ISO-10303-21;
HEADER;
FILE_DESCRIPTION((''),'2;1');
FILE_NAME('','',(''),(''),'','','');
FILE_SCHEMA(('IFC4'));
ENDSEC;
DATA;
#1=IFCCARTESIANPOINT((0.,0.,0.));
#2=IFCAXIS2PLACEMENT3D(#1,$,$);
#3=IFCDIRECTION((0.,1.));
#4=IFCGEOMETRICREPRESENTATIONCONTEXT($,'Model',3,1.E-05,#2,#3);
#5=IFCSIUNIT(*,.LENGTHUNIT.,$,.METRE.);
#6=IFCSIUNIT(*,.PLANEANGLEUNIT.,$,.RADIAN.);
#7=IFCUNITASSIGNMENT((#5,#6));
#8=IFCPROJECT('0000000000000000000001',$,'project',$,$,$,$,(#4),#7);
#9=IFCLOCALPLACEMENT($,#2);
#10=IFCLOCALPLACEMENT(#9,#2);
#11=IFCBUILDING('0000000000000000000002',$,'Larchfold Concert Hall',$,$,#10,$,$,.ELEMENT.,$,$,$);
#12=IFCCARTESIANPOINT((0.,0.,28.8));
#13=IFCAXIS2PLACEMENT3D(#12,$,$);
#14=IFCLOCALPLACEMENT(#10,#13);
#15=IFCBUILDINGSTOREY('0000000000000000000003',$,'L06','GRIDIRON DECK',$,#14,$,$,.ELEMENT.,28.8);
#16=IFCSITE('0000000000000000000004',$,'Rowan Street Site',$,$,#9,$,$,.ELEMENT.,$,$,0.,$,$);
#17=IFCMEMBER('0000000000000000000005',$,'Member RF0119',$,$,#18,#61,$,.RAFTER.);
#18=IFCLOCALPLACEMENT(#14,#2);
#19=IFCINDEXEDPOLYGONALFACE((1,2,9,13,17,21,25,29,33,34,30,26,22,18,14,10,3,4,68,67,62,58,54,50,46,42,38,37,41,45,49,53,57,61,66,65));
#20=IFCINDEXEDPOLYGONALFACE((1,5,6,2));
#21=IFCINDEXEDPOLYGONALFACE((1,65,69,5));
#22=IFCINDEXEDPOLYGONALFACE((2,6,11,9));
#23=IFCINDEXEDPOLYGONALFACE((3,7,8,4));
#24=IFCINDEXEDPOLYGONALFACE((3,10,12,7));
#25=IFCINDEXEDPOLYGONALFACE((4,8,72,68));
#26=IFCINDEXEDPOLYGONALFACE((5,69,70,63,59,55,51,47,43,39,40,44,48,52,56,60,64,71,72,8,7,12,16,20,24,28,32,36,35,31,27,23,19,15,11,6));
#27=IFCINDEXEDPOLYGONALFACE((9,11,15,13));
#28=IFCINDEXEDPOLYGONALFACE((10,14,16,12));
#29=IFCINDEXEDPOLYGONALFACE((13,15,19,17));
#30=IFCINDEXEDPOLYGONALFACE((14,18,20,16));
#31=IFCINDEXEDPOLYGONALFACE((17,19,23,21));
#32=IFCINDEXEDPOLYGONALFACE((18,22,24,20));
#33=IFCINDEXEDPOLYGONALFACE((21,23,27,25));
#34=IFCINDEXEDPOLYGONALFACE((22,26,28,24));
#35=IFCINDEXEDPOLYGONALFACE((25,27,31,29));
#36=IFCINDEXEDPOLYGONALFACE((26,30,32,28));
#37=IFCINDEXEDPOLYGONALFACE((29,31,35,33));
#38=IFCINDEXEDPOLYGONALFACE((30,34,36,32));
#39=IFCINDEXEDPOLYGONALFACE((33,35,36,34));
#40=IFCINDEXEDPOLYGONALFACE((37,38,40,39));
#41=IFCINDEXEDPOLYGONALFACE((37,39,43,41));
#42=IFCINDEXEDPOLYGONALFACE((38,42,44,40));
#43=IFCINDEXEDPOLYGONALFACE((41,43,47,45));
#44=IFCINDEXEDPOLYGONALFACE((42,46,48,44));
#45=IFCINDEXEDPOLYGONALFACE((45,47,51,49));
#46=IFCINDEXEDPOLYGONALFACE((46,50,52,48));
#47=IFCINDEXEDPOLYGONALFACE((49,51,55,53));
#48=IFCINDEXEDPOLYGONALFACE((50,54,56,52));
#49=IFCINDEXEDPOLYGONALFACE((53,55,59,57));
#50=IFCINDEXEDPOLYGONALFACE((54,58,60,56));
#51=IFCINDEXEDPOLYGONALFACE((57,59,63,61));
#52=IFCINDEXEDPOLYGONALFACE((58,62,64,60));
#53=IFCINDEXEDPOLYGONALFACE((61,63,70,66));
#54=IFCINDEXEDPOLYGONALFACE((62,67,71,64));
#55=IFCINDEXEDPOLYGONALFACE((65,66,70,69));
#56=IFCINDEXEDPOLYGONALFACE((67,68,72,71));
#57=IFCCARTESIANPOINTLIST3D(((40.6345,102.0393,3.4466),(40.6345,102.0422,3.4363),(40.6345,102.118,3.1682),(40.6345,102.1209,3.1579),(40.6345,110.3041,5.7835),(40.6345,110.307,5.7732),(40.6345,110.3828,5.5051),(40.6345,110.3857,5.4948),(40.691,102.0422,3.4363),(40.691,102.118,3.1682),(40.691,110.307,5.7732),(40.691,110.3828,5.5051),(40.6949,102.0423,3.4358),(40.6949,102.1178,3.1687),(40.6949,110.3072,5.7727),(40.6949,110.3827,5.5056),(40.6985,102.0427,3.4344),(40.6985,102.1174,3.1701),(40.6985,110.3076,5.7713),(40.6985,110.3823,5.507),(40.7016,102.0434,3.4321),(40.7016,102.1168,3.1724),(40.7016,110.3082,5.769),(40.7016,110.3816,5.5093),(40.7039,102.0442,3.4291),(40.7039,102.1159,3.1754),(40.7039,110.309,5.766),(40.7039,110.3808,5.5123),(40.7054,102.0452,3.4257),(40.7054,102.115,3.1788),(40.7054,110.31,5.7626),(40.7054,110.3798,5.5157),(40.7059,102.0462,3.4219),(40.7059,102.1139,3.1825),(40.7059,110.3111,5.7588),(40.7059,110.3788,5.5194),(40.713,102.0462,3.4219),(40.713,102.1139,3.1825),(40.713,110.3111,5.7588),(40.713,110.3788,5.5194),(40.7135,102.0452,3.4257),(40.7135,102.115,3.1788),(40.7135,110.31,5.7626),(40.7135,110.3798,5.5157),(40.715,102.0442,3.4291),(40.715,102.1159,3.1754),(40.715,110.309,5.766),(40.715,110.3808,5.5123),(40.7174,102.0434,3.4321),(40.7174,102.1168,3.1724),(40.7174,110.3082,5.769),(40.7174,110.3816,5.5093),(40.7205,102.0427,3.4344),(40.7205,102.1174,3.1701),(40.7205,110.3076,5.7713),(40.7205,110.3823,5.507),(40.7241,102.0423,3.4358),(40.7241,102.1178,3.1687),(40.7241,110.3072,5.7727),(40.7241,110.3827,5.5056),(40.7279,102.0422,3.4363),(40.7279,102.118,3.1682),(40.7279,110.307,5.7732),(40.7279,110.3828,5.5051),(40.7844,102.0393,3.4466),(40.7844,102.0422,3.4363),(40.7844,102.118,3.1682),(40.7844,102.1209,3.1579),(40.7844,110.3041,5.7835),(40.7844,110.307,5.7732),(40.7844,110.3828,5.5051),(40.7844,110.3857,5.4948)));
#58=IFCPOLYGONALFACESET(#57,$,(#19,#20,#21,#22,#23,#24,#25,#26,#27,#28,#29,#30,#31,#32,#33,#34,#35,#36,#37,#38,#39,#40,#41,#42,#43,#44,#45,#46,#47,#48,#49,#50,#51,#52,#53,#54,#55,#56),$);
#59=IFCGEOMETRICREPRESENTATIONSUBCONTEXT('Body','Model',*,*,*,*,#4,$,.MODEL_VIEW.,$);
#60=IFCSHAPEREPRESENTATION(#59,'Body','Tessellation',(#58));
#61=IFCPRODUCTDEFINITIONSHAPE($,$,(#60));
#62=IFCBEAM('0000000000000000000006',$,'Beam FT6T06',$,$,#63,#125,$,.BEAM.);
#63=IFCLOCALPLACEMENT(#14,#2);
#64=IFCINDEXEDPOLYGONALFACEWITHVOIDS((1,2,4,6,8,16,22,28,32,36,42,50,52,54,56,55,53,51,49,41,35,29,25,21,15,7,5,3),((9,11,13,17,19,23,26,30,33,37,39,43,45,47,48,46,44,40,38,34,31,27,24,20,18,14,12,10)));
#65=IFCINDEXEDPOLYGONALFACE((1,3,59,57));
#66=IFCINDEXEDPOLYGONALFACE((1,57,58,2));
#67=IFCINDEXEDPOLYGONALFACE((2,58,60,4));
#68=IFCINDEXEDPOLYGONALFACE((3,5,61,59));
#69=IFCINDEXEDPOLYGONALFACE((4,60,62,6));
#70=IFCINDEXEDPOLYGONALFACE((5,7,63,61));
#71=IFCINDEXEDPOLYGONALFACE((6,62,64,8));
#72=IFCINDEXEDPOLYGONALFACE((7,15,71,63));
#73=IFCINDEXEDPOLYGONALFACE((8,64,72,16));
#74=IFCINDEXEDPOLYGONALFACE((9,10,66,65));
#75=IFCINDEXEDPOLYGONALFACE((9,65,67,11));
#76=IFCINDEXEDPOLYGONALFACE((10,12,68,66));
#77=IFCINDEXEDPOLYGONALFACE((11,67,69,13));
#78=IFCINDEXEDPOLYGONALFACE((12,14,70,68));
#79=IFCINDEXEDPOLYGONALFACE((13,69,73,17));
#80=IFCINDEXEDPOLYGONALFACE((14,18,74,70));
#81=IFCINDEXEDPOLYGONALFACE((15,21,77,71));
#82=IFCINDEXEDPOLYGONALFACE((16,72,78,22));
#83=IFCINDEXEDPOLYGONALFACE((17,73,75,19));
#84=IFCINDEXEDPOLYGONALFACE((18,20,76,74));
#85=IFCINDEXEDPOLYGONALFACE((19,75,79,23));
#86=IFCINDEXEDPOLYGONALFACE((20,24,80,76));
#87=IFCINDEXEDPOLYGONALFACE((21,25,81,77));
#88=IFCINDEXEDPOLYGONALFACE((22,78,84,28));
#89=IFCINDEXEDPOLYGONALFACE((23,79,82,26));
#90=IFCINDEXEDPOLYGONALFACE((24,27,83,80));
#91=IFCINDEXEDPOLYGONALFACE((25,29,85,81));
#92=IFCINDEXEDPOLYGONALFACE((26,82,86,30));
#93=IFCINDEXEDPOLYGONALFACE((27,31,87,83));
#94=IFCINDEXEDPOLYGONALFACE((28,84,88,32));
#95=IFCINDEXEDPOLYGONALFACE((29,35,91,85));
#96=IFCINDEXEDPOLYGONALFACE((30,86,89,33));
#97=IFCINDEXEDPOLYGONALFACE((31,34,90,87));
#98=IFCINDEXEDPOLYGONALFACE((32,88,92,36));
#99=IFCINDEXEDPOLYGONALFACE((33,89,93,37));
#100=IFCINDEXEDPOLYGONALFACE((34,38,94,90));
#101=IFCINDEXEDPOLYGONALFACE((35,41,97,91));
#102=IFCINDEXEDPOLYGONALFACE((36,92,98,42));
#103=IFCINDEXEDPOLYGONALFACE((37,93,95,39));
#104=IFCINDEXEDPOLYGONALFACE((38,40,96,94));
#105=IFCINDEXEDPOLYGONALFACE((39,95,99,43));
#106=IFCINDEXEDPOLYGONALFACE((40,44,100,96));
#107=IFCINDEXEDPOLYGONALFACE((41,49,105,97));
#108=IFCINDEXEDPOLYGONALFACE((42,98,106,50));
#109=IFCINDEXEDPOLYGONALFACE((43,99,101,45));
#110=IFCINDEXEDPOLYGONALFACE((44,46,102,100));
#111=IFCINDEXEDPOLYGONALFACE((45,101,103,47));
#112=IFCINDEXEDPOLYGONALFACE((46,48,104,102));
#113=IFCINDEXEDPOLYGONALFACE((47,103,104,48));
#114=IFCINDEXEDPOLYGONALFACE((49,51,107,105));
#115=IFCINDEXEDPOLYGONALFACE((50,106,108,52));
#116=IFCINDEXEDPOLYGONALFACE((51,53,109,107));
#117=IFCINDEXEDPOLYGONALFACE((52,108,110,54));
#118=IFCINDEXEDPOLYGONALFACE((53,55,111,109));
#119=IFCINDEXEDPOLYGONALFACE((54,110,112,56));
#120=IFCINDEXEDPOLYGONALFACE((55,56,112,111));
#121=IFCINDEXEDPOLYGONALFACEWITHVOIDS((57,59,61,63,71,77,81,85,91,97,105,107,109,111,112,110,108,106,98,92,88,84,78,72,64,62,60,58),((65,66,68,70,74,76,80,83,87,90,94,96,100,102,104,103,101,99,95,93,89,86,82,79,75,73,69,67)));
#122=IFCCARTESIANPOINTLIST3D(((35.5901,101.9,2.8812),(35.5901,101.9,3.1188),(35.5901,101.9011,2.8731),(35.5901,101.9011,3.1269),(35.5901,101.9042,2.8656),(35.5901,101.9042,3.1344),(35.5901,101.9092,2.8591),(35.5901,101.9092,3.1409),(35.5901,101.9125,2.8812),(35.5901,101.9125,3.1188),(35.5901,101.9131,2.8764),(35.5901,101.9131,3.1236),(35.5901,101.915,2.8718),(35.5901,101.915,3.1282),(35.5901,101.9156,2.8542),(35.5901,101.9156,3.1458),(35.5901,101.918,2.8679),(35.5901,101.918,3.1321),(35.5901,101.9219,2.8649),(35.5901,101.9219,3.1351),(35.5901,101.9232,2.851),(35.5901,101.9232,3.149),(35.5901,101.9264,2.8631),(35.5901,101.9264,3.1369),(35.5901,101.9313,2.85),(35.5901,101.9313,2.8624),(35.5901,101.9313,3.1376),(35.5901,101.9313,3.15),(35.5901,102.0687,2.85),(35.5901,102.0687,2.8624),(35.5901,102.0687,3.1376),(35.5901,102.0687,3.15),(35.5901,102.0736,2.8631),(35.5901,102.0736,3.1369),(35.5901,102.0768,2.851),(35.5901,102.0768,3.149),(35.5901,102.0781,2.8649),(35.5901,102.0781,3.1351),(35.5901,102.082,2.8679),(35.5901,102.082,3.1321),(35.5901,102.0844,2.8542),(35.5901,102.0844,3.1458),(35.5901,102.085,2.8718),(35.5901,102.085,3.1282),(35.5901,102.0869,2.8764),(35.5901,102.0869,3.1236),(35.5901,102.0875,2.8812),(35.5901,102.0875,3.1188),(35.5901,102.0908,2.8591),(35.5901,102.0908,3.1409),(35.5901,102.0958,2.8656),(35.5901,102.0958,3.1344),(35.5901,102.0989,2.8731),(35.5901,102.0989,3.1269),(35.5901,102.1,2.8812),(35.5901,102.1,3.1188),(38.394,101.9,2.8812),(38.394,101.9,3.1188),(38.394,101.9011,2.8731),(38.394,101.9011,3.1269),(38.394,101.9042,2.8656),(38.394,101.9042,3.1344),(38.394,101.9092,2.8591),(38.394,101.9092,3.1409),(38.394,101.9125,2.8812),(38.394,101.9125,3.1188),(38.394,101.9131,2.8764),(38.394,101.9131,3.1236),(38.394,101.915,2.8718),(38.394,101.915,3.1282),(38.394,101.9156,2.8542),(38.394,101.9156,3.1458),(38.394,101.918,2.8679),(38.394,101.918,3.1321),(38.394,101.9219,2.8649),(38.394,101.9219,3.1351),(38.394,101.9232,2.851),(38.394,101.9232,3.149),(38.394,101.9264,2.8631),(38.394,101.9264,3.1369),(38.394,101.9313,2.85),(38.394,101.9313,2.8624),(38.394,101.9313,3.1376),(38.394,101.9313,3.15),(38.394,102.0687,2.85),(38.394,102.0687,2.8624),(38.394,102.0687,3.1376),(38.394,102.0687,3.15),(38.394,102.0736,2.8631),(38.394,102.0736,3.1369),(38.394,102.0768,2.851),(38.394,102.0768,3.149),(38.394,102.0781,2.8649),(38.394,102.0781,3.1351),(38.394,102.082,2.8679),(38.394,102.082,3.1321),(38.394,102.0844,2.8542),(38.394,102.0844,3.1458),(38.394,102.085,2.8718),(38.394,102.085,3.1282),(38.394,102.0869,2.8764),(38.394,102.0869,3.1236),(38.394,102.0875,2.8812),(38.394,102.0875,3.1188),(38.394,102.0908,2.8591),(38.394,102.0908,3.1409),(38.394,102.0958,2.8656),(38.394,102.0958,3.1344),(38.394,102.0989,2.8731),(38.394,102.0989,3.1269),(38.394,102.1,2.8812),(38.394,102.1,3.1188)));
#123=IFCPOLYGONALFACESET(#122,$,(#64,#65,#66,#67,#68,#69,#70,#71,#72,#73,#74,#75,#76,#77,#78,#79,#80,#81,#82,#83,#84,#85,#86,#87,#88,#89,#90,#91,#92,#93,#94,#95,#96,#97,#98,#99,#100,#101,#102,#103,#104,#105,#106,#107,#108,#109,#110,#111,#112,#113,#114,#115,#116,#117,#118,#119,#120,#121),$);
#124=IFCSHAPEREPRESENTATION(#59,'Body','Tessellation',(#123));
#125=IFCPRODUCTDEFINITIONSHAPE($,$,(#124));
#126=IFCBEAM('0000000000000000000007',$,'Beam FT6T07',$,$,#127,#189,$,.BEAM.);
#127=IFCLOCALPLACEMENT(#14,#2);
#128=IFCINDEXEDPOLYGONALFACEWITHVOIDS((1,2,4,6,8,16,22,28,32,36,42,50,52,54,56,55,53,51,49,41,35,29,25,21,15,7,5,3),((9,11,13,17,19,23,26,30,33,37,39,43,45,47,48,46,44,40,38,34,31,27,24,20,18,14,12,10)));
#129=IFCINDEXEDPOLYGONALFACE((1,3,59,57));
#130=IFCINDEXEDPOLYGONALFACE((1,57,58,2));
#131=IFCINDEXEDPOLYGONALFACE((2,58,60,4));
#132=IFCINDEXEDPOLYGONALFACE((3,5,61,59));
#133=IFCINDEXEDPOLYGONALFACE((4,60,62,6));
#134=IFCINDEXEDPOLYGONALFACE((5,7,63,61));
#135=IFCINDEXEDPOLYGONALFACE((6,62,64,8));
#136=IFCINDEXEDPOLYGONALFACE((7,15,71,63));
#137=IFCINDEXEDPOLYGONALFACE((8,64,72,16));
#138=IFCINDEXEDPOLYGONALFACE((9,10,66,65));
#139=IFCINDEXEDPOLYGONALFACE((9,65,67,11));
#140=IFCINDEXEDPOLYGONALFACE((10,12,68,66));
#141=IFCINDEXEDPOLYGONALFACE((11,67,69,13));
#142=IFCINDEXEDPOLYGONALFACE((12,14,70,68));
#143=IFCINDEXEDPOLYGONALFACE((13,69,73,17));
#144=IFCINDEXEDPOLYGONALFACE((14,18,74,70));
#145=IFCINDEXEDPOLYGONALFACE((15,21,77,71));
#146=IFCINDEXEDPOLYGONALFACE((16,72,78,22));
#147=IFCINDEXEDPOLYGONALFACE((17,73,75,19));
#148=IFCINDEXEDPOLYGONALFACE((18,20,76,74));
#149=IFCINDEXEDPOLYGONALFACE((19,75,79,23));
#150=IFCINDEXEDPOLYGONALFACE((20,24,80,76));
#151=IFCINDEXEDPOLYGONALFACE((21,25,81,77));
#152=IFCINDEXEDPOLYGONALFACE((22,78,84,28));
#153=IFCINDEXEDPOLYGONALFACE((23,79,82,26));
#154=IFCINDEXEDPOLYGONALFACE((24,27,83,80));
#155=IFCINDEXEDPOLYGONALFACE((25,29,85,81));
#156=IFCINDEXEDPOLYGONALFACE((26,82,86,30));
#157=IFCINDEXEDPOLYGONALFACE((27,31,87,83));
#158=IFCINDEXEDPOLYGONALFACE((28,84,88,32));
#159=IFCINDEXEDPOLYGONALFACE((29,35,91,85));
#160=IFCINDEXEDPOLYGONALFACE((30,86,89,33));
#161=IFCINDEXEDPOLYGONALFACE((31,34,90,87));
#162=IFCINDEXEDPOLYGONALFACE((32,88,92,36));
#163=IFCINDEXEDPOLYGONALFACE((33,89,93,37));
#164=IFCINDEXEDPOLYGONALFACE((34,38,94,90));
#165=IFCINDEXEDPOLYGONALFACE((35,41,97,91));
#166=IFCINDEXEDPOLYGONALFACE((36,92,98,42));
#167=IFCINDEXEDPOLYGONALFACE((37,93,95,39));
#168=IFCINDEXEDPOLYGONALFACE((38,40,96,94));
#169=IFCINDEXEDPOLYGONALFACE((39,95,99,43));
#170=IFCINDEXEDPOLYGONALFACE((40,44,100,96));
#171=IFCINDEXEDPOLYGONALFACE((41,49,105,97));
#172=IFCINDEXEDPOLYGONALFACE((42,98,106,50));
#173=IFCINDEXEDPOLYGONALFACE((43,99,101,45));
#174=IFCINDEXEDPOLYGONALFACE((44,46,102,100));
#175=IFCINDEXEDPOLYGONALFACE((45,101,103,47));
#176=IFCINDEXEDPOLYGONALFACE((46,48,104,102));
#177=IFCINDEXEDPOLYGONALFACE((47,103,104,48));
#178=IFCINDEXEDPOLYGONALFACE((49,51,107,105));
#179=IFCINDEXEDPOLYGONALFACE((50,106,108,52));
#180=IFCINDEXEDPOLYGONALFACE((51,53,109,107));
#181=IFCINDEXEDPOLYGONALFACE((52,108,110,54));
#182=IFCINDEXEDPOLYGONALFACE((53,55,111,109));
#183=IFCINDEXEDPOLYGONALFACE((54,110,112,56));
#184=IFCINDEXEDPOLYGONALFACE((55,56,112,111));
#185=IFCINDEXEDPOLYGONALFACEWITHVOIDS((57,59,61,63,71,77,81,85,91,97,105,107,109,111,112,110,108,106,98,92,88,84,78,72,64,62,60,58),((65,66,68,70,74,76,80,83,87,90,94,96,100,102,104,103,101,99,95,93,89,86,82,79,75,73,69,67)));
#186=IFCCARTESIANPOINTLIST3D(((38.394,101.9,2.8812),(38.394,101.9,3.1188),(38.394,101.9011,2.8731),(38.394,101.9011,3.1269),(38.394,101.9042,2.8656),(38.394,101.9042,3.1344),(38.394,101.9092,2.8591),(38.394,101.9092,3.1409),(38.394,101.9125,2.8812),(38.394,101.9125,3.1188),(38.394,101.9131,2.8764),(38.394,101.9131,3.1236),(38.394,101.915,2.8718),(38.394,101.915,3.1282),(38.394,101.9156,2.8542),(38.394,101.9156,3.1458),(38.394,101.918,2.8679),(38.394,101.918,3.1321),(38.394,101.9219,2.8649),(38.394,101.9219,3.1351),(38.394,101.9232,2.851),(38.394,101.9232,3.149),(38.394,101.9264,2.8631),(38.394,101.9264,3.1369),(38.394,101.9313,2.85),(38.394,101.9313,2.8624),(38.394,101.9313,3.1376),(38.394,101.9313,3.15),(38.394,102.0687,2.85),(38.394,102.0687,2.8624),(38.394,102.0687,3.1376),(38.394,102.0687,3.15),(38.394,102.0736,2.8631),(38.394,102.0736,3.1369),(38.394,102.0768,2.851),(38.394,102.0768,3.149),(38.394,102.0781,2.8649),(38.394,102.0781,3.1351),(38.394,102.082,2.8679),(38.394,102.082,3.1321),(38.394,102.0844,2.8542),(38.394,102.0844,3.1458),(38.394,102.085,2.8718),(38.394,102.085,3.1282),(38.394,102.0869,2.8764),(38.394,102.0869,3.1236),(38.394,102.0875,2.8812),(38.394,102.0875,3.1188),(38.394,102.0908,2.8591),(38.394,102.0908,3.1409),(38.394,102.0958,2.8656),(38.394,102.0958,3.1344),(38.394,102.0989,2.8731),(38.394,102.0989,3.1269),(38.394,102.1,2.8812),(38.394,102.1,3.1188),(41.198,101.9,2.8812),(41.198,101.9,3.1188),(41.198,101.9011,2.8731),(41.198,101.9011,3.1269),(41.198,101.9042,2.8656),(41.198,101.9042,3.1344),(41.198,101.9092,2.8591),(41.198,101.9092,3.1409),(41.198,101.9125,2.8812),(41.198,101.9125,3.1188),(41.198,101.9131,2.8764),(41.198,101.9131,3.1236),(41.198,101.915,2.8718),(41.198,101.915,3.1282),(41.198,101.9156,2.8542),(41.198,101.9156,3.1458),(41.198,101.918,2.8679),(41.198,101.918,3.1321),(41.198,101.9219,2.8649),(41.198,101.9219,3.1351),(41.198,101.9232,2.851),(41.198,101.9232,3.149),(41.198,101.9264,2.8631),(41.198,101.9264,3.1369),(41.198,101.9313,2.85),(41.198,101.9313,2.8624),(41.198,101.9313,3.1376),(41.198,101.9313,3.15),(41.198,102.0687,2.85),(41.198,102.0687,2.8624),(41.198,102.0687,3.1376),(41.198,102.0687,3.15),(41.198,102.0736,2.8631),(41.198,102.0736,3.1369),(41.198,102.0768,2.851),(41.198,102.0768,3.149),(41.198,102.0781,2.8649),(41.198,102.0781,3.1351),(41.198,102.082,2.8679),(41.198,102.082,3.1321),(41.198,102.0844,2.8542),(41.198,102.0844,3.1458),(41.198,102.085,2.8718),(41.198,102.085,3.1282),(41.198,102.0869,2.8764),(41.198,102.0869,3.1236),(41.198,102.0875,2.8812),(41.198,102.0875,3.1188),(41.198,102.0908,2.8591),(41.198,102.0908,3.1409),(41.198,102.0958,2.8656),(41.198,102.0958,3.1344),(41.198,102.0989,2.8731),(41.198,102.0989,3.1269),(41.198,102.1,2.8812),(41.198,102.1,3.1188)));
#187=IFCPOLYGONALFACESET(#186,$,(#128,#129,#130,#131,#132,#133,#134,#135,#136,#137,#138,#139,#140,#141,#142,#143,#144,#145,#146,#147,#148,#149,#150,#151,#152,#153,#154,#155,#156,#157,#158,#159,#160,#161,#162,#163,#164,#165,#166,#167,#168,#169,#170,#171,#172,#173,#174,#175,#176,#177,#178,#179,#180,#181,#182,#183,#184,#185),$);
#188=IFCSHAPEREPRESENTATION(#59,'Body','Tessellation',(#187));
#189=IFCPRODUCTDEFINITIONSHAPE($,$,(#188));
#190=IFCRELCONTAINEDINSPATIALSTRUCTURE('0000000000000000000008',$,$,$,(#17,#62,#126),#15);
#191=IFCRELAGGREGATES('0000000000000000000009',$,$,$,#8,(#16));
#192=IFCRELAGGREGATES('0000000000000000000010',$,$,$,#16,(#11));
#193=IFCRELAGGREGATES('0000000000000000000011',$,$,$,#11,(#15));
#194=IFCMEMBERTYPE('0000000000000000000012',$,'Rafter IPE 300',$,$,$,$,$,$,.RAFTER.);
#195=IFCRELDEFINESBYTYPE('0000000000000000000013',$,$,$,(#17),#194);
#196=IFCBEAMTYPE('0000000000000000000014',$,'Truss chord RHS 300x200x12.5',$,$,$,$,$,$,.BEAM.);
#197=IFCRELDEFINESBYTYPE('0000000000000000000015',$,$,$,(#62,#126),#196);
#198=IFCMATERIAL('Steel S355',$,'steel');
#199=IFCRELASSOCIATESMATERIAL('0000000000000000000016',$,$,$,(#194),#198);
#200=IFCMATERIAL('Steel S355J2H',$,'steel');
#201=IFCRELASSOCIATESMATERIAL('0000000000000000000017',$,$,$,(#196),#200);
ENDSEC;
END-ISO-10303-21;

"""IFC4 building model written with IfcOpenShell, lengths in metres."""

from ifc_helpers import new_model, si_unit, direction, frame, origin, origin_2d, place, context, subcontext, project, spatial, hollow_rectangle, i_section, extrude, material, material_profile, profile_set, type_object, element, save


model = new_model("IFC4")

# Units and contexts
model_context = context("Model", 3, precision=1e-05, world=origin(), true_north=direction((0.0, 1.0)))
body_context = subcontext(model_context, "Body", "Model", "MODEL_VIEW")
ifc_project = project(units=[si_unit("LENGTHUNIT", "METRE"), si_unit("PLANEANGLEUNIT", "RADIAN")], contexts=[model_context])

# Site, building, storey
site_placement = place(None, origin())
site = spatial("IfcSite", under=ifc_project, at=site_placement, Name="Rowan Street Site", CompositionType="ELEMENT", RefElevation=0.0)
building_placement = place(site_placement, origin())
building = spatial("IfcBuilding", under=site, at=building_placement, Name="Larchfold Concert Hall", CompositionType="ELEMENT")
storey_placement = place(building_placement, frame((0.0, 0.0, 28.8)))
storey = spatial("IfcBuildingStorey", under=building, at=storey_placement, Name="L06", Description="GRIDIRON DECK", CompositionType="ELEMENT", Elevation=28.8)

# Member
ifc_material_1 = material(Name="Steel S355", Category="steel")
ifc_material_profile_1 = material_profile(ifc_material_1, i_section(OverallWidth=0.1499, OverallDepth=0.3, WebThickness=0.0071, FlangeThickness=0.0107, FilletRadius=0.0149, at=origin_2d()))
ifc_profile_set_1 = profile_set([ifc_material_profile_1], Name="Steel S355")
member_type_1 = type_object("IfcMemberType", Name="Rafter IPE 300", PredefinedType="RAFTER", material=ifc_profile_set_1)
for number, where, z_axis, x_axis, name in (
    (1, (40.7095, 102.0801, 3.3022), (0.0, 0.962273, 0.272085), (-1.0, 0.0, 0.0), "Member RF0119"),
):
    element("IfcMember", number, at=place(storey_placement, frame(where, z_axis=z_axis, x_axis=x_axis)), inside=storey, type_object=member_type_1, Name=name, PredefinedType="RAFTER", context=body_context, shape_type="SweptSolid", body=[
        extrude(i_section(OverallWidth=0.1499, OverallDepth=0.3, WebThickness=0.0071, FlangeThickness=0.0107, FilletRadius=0.0149, at=origin_2d()), origin(), (0.0, 0.0, 1.0), 8.5889),
    ])

# Beams
ifc_material_2 = material(Name="Steel S355J2H", Category="steel")
ifc_material_profile_2 = material_profile(ifc_material_2, hollow_rectangle(XDim=0.2, YDim=0.3, WallThickness=0.0125, InnerFilletRadius=0.0188, OuterFilletRadius=0.0312, at=origin_2d()))
ifc_profile_set_2 = profile_set([ifc_material_profile_2], Name="Steel S355J2H")
beam_type_1 = type_object("IfcBeamType", Name="Truss chord RHS 300x200x12.5", PredefinedType="BEAM", material=ifc_profile_set_2)
for number, where, z_axis, x_axis, name in (
    (2, (35.5901, 102.0, 3.0), (1.0, 0.0, 0.0), (0.0, 1.0, 0.0), "Beam FT6T06"),
    (3, (38.394, 102.0, 3.0), (1.0, 0.0, 0.0), (0.0, 1.0, 0.0), "Beam FT6T07"),
):
    element("IfcBeam", number, at=place(storey_placement, frame(where, z_axis=z_axis, x_axis=x_axis)), inside=storey, type_object=beam_type_1, Name=name, PredefinedType="BEAM", context=body_context, shape_type="SweptSolid", body=[
        extrude(hollow_rectangle(XDim=0.2, YDim=0.3, WallThickness=0.0125, InnerFilletRadius=0.0188, OuterFilletRadius=0.0312, at=origin_2d()), origin(), (0.0, 0.0, 1.0), 2.804),
    ])

save(model, "model.ifc")
